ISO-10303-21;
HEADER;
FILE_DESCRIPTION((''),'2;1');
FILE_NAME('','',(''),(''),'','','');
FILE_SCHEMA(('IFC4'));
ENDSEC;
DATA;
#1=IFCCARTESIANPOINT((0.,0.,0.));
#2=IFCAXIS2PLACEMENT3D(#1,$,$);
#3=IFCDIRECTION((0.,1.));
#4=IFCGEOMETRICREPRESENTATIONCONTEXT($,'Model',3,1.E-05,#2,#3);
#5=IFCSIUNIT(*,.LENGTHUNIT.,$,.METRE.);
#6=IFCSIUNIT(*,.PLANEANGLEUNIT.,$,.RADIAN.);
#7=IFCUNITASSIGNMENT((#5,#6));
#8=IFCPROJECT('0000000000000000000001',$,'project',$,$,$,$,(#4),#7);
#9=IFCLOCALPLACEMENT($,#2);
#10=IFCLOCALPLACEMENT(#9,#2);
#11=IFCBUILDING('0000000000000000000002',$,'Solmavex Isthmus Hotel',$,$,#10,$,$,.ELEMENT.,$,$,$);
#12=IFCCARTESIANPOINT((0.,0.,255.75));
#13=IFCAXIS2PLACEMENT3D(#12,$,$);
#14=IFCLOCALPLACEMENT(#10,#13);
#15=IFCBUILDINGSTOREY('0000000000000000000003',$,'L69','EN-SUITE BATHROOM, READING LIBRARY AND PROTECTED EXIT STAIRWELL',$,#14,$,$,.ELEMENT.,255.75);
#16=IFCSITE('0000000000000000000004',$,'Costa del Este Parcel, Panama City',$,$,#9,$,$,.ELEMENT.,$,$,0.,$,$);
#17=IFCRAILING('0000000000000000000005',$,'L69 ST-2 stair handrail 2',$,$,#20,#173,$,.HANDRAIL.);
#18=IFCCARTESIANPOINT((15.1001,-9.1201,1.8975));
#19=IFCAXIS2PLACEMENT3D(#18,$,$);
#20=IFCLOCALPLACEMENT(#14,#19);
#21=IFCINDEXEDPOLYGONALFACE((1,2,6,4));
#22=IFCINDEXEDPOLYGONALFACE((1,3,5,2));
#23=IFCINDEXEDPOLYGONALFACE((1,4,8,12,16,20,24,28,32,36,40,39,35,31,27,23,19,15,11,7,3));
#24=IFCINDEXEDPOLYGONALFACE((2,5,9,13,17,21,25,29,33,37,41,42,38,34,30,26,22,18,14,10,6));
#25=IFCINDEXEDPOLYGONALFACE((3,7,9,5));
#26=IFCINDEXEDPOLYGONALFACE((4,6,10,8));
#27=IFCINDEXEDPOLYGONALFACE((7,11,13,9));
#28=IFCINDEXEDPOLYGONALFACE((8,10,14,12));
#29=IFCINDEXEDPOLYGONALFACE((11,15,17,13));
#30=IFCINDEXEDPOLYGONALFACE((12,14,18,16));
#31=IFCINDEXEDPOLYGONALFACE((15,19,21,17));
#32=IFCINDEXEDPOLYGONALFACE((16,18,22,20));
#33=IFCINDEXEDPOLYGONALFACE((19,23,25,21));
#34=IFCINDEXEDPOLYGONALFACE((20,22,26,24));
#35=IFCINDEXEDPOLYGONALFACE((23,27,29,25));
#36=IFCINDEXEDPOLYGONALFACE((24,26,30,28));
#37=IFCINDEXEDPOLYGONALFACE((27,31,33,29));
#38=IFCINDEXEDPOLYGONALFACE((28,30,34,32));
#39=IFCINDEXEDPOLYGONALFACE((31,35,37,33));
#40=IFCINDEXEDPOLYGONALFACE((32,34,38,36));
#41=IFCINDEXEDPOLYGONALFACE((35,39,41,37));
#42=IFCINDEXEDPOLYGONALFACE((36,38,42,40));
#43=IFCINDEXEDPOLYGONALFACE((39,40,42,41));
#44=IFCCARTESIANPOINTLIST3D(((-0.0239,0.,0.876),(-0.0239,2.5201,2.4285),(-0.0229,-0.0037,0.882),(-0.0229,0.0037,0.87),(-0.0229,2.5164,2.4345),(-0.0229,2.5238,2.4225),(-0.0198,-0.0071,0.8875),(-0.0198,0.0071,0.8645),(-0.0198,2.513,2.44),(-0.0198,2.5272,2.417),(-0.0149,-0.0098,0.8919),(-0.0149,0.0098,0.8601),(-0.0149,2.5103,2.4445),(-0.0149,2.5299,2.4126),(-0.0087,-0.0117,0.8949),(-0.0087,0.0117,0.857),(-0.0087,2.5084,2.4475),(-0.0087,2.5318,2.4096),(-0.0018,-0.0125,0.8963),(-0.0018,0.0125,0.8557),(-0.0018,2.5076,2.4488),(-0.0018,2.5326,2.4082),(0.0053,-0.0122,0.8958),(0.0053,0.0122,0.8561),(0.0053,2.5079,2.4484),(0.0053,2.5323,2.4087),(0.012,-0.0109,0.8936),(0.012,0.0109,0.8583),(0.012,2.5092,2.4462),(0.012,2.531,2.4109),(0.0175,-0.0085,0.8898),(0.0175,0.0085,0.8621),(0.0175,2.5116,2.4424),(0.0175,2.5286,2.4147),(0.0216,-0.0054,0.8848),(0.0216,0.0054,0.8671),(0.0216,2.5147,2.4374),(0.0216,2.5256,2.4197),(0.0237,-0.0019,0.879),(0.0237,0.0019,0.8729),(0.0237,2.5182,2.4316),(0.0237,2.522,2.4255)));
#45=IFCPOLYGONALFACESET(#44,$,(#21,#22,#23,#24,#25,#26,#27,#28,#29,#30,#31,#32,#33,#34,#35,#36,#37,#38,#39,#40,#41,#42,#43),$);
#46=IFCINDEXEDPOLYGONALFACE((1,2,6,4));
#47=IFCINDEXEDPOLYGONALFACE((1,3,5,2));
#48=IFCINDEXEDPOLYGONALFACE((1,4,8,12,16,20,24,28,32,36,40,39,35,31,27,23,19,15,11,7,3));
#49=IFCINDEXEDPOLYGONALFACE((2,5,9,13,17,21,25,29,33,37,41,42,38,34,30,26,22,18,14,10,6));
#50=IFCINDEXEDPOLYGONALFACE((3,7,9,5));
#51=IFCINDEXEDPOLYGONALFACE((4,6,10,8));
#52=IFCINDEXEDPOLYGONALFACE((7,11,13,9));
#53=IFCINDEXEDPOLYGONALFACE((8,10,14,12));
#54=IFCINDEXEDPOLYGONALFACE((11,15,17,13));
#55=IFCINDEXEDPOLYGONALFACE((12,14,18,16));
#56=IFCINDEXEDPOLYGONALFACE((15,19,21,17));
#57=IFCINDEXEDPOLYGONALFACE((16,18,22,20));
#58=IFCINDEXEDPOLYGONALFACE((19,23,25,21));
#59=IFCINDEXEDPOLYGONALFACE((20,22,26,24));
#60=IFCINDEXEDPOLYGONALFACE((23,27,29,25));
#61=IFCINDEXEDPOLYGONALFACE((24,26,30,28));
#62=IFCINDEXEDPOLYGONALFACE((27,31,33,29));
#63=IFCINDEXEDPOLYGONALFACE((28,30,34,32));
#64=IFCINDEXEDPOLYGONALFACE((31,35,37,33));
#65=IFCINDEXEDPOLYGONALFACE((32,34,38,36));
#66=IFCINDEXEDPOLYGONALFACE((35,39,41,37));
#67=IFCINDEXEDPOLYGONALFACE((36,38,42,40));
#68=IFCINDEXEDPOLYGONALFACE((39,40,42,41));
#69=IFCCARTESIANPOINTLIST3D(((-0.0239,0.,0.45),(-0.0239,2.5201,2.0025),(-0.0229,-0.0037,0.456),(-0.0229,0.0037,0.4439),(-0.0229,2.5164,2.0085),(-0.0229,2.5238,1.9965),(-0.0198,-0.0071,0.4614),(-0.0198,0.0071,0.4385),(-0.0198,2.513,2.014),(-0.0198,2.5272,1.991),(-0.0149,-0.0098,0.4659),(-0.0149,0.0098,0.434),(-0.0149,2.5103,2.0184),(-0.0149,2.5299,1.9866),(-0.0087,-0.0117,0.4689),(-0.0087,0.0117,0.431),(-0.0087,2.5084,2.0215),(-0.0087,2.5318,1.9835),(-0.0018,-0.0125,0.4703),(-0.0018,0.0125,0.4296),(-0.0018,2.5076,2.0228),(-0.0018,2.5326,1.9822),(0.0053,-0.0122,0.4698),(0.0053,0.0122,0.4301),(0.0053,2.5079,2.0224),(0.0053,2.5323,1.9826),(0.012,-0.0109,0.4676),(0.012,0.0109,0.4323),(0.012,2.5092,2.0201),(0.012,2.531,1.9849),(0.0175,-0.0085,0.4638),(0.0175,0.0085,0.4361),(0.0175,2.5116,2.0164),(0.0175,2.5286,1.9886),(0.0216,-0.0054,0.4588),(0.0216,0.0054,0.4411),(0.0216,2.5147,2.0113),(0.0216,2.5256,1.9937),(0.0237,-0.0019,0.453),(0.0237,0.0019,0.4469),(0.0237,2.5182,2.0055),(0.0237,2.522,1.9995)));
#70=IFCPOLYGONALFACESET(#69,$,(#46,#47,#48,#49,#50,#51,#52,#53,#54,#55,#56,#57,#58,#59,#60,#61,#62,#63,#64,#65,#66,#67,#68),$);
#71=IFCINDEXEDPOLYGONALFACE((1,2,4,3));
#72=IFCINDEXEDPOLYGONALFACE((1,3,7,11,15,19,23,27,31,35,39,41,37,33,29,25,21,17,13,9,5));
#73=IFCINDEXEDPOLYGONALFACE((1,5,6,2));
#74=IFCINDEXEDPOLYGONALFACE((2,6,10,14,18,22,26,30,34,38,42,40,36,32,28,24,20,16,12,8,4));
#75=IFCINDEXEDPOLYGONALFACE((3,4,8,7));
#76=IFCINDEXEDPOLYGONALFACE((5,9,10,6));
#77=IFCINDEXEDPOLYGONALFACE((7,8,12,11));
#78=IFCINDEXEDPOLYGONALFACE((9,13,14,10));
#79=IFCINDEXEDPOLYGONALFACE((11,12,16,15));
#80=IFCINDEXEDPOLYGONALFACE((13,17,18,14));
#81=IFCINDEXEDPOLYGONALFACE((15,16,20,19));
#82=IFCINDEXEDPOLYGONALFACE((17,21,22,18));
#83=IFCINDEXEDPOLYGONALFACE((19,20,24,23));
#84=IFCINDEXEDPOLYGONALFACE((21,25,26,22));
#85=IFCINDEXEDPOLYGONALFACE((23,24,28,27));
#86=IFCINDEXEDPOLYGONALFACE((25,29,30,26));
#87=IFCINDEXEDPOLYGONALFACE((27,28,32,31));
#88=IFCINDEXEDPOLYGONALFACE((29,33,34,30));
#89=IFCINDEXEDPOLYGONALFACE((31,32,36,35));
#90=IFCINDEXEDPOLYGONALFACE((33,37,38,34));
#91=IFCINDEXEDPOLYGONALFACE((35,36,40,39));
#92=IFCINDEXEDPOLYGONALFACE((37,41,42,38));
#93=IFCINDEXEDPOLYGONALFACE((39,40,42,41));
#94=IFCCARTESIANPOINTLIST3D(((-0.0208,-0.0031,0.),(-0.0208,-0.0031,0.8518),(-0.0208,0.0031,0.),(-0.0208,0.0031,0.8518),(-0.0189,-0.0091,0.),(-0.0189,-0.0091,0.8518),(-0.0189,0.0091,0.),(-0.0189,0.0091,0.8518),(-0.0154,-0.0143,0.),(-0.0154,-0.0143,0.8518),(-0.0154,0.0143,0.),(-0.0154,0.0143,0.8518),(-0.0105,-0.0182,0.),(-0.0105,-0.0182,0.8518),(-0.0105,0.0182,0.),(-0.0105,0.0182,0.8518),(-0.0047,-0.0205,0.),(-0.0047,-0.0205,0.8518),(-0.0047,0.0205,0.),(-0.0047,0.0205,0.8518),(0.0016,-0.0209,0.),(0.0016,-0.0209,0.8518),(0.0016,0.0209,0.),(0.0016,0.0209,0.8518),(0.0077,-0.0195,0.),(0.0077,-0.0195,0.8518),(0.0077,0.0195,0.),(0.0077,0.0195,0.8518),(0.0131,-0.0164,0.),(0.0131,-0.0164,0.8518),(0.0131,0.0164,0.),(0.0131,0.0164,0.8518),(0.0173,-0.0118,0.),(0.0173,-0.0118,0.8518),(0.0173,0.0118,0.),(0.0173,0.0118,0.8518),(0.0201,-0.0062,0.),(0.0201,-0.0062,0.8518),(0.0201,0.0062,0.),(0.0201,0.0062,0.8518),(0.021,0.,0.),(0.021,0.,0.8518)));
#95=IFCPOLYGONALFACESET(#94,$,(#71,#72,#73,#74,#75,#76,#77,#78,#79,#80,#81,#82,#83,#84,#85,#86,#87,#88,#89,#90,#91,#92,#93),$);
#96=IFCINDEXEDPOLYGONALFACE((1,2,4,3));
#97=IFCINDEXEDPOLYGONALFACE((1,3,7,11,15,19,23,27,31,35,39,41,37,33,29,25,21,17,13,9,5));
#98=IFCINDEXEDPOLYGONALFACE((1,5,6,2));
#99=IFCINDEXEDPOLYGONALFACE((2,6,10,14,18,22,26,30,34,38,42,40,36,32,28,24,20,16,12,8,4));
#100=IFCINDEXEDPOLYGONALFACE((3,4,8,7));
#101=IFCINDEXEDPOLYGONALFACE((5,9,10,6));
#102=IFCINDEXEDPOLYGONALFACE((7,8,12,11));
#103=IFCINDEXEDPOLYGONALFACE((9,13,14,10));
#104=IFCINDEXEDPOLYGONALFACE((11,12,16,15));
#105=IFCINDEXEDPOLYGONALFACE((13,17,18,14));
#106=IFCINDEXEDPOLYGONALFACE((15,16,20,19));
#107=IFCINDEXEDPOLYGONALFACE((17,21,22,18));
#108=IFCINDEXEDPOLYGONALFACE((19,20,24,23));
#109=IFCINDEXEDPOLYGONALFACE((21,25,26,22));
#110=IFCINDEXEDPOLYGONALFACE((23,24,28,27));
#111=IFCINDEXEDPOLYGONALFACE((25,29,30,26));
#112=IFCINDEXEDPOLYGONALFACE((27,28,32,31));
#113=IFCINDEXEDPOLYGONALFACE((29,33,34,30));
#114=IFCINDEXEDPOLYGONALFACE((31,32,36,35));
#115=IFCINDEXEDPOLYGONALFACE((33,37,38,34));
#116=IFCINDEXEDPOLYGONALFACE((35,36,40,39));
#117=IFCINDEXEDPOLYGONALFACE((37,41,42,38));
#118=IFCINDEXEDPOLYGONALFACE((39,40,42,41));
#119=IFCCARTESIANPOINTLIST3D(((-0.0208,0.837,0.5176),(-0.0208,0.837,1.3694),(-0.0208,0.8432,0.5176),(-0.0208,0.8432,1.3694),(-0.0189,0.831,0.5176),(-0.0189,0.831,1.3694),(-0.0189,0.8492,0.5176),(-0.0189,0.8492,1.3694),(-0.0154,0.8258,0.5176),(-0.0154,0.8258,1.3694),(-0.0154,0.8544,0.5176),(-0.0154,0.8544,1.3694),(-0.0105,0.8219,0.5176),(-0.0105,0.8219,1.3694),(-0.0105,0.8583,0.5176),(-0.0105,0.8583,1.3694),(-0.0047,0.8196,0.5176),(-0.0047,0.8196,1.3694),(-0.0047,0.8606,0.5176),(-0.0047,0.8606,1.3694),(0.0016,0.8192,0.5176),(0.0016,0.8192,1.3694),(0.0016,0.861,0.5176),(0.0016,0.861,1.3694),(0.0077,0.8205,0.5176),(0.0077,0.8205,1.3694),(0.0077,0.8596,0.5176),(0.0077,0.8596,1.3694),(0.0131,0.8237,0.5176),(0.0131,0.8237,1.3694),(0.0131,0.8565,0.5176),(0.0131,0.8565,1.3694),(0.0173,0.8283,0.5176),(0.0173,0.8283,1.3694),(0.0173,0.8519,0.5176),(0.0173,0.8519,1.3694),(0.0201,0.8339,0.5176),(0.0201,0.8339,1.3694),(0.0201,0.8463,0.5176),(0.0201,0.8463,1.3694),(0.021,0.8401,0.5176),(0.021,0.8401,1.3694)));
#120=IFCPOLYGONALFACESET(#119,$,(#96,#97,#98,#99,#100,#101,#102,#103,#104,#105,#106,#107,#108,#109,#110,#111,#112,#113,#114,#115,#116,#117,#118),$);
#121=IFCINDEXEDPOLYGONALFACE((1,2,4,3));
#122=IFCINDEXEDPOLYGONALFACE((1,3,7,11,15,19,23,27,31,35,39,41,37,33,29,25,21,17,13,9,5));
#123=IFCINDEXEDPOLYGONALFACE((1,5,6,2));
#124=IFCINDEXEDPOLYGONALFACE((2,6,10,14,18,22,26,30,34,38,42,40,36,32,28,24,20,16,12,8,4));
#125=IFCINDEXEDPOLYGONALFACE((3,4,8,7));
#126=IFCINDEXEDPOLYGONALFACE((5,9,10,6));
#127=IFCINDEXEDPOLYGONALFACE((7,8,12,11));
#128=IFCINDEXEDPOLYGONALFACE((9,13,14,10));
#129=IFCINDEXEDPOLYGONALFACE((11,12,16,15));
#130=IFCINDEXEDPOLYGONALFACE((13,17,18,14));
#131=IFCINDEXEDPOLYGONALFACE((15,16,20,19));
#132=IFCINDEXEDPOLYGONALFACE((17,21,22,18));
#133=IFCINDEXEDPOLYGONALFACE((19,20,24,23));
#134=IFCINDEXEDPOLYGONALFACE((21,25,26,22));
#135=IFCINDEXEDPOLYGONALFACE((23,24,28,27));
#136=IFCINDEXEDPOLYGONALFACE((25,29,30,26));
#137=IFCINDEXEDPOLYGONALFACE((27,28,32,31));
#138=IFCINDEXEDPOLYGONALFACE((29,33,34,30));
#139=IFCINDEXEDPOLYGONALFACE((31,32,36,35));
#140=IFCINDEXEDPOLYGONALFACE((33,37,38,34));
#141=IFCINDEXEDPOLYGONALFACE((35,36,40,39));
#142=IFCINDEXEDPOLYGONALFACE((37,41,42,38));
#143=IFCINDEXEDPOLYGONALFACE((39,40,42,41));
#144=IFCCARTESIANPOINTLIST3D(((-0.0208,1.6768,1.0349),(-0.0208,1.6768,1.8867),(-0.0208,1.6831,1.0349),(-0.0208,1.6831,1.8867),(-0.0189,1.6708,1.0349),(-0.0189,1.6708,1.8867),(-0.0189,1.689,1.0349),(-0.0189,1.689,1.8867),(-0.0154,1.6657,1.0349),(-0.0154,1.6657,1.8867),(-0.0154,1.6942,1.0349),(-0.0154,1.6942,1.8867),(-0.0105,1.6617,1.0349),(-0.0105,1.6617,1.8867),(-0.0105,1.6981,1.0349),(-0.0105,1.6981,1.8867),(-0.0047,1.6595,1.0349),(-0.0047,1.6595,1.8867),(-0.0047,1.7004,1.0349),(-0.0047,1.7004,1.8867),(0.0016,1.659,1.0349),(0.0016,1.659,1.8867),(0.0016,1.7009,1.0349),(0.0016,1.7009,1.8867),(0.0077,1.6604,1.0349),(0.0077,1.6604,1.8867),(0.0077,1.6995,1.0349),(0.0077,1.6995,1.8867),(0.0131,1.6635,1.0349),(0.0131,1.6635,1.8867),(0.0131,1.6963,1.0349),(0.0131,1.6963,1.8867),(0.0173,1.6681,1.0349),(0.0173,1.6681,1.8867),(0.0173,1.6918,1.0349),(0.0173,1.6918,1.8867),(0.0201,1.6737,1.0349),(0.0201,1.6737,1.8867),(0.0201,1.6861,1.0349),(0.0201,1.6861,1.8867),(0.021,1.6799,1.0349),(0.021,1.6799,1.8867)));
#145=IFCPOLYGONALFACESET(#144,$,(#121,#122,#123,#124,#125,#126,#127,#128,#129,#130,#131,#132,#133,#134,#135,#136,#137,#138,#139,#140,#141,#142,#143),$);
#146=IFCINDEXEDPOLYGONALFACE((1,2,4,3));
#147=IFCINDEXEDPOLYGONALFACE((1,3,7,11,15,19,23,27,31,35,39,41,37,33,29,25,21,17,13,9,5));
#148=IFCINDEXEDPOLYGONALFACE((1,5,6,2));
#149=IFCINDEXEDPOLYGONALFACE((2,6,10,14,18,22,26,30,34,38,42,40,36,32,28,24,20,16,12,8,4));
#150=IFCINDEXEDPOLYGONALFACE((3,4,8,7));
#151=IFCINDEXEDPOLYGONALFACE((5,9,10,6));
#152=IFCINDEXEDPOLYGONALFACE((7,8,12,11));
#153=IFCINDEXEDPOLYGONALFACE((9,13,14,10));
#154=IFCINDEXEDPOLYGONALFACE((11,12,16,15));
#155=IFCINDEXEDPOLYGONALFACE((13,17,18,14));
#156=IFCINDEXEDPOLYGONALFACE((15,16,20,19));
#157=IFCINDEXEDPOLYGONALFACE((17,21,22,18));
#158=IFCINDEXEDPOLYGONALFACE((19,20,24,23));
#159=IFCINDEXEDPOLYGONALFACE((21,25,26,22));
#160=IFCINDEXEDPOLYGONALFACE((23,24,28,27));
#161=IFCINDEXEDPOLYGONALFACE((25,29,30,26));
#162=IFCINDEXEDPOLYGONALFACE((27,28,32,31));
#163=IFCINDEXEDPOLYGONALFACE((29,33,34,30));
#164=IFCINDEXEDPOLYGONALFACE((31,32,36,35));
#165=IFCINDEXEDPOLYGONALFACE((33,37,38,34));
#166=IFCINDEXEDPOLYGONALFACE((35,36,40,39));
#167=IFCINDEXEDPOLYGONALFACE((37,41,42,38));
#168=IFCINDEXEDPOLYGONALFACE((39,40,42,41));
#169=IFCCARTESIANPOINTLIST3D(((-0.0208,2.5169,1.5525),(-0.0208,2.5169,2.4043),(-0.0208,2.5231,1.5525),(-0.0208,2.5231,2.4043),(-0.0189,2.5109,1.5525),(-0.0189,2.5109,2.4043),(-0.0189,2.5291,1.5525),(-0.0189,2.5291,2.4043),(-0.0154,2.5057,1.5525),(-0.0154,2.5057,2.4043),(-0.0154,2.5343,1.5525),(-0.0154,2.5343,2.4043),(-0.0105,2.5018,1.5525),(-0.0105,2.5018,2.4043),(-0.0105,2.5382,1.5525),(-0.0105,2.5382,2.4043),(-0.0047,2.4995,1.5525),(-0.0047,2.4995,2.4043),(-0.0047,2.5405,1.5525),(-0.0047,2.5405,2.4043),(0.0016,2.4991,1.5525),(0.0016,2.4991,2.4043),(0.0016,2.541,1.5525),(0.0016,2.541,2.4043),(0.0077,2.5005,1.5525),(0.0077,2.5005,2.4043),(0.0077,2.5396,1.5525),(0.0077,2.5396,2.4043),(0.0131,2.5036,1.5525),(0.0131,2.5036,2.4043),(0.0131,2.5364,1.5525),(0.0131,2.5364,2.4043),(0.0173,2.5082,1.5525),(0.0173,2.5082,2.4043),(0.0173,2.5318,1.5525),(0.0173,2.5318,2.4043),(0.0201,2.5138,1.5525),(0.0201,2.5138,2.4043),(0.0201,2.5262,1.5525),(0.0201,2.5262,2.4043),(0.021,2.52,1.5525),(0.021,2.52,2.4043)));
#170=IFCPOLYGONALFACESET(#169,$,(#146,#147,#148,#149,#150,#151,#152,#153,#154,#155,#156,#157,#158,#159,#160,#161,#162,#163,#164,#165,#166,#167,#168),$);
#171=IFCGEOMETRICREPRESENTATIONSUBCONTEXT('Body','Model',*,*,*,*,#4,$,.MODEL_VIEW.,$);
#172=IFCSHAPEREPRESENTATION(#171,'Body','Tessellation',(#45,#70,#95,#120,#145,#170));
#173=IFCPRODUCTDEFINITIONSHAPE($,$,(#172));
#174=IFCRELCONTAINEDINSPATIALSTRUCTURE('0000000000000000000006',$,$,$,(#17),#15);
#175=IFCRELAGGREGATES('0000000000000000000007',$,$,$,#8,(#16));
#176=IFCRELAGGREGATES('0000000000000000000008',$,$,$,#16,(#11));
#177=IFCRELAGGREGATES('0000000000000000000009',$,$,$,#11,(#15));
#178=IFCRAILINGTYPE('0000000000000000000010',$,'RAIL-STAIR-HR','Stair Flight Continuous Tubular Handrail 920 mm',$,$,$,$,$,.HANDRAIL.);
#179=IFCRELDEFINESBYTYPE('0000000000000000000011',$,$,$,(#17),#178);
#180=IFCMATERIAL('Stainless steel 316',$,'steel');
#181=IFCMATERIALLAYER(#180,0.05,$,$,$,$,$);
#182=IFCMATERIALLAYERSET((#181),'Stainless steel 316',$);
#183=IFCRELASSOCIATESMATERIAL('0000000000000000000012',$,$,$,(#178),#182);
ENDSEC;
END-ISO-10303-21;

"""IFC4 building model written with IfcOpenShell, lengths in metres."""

from ifc_helpers import new_model, si_unit, direction, frame, origin, origin_2d, place, context, subcontext, project, spatial, circle, extrude, material, layer, layer_set, type_object, element, save


model = new_model("IFC4")

# Units and contexts
model_context = context("Model", 3, precision=1e-05, world=origin(), true_north=direction((0.0, 1.0)))
body_context = subcontext(model_context, "Body", "Model", "MODEL_VIEW")
ifc_project = project(units=[si_unit("LENGTHUNIT", "METRE"), si_unit("PLANEANGLEUNIT", "RADIAN")], contexts=[model_context])

# Site, building, storey
site_placement = place(None, origin())
site = spatial("IfcSite", under=ifc_project, at=site_placement, Name="Costa del Este Parcel, Panama City", CompositionType="ELEMENT", RefElevation=0.0)
building_placement = place(site_placement, origin())
building = spatial("IfcBuilding", under=site, at=building_placement, Name="Solmavex Isthmus Hotel", CompositionType="ELEMENT")
storey_placement = place(building_placement, frame((0.0, 0.0, 255.75)))
storey = spatial("IfcBuildingStorey", under=building, at=storey_placement, Name="L69", Description="EN-SUITE BATHROOM, READING LIBRARY AND PROTECTED EXIT STAIRWELL", CompositionType="ELEMENT", Elevation=255.75)

# Railing
ifc_material_1 = material(Name="Stainless steel 316", Category="steel")
ifc_layer_1 = layer(ifc_material_1, 0.05)
ifc_layer_set_1 = layer_set([ifc_layer_1], Name="Stainless steel 316")
railing_type = type_object("IfcRailingType", Name="RAIL-STAIR-HR", Description="Stair Flight Continuous Tubular Handrail 920 mm", PredefinedType="HANDRAIL", material=ifc_layer_set_1)
railing_placement = place(storey_placement, frame((15.1001, -9.1201, 1.8975)))
element("IfcRailing", 1, at=railing_placement, inside=storey, type_object=railing_type, Name="L69 ST-2 stair handrail 2", PredefinedType="HANDRAIL", context=body_context, shape_type="SweptSolid", body=[
    extrude(circle(Radius=0.0239, at=origin_2d()), frame((0.0, 0.0, 0.876), z_axis=(0.0, 0.8514, 0.524516), x_axis=(-1.0, 0.0, 0.0)), (0.0, 0.0, 1.0), 2.96),
    extrude(circle(Radius=0.0239, at=origin_2d()), frame((0.0, 0.0, 0.45), z_axis=(0.0, 0.8514, 0.524516), x_axis=(-1.0, 0.0, 0.0)), (0.0, 0.0, 1.0), 2.96),
    extrude(circle(Radius=0.021, at=origin_2d()), origin(), (0.0, 0.0, 1.0), 0.8518),
    extrude(circle(Radius=0.021, at=origin_2d()), frame((0.0, 0.8401, 0.5176)), (0.0, 0.0, 1.0), 0.8518),
    extrude(circle(Radius=0.021, at=origin_2d()), frame((0.0, 1.6799, 1.0349)), (0.0, 0.0, 1.0), 0.8518),
    extrude(circle(Radius=0.021, at=origin_2d()), frame((0.0, 2.52, 1.5525)), (0.0, 0.0, 1.0), 0.8518),
])

save(model, "model.ifc")
